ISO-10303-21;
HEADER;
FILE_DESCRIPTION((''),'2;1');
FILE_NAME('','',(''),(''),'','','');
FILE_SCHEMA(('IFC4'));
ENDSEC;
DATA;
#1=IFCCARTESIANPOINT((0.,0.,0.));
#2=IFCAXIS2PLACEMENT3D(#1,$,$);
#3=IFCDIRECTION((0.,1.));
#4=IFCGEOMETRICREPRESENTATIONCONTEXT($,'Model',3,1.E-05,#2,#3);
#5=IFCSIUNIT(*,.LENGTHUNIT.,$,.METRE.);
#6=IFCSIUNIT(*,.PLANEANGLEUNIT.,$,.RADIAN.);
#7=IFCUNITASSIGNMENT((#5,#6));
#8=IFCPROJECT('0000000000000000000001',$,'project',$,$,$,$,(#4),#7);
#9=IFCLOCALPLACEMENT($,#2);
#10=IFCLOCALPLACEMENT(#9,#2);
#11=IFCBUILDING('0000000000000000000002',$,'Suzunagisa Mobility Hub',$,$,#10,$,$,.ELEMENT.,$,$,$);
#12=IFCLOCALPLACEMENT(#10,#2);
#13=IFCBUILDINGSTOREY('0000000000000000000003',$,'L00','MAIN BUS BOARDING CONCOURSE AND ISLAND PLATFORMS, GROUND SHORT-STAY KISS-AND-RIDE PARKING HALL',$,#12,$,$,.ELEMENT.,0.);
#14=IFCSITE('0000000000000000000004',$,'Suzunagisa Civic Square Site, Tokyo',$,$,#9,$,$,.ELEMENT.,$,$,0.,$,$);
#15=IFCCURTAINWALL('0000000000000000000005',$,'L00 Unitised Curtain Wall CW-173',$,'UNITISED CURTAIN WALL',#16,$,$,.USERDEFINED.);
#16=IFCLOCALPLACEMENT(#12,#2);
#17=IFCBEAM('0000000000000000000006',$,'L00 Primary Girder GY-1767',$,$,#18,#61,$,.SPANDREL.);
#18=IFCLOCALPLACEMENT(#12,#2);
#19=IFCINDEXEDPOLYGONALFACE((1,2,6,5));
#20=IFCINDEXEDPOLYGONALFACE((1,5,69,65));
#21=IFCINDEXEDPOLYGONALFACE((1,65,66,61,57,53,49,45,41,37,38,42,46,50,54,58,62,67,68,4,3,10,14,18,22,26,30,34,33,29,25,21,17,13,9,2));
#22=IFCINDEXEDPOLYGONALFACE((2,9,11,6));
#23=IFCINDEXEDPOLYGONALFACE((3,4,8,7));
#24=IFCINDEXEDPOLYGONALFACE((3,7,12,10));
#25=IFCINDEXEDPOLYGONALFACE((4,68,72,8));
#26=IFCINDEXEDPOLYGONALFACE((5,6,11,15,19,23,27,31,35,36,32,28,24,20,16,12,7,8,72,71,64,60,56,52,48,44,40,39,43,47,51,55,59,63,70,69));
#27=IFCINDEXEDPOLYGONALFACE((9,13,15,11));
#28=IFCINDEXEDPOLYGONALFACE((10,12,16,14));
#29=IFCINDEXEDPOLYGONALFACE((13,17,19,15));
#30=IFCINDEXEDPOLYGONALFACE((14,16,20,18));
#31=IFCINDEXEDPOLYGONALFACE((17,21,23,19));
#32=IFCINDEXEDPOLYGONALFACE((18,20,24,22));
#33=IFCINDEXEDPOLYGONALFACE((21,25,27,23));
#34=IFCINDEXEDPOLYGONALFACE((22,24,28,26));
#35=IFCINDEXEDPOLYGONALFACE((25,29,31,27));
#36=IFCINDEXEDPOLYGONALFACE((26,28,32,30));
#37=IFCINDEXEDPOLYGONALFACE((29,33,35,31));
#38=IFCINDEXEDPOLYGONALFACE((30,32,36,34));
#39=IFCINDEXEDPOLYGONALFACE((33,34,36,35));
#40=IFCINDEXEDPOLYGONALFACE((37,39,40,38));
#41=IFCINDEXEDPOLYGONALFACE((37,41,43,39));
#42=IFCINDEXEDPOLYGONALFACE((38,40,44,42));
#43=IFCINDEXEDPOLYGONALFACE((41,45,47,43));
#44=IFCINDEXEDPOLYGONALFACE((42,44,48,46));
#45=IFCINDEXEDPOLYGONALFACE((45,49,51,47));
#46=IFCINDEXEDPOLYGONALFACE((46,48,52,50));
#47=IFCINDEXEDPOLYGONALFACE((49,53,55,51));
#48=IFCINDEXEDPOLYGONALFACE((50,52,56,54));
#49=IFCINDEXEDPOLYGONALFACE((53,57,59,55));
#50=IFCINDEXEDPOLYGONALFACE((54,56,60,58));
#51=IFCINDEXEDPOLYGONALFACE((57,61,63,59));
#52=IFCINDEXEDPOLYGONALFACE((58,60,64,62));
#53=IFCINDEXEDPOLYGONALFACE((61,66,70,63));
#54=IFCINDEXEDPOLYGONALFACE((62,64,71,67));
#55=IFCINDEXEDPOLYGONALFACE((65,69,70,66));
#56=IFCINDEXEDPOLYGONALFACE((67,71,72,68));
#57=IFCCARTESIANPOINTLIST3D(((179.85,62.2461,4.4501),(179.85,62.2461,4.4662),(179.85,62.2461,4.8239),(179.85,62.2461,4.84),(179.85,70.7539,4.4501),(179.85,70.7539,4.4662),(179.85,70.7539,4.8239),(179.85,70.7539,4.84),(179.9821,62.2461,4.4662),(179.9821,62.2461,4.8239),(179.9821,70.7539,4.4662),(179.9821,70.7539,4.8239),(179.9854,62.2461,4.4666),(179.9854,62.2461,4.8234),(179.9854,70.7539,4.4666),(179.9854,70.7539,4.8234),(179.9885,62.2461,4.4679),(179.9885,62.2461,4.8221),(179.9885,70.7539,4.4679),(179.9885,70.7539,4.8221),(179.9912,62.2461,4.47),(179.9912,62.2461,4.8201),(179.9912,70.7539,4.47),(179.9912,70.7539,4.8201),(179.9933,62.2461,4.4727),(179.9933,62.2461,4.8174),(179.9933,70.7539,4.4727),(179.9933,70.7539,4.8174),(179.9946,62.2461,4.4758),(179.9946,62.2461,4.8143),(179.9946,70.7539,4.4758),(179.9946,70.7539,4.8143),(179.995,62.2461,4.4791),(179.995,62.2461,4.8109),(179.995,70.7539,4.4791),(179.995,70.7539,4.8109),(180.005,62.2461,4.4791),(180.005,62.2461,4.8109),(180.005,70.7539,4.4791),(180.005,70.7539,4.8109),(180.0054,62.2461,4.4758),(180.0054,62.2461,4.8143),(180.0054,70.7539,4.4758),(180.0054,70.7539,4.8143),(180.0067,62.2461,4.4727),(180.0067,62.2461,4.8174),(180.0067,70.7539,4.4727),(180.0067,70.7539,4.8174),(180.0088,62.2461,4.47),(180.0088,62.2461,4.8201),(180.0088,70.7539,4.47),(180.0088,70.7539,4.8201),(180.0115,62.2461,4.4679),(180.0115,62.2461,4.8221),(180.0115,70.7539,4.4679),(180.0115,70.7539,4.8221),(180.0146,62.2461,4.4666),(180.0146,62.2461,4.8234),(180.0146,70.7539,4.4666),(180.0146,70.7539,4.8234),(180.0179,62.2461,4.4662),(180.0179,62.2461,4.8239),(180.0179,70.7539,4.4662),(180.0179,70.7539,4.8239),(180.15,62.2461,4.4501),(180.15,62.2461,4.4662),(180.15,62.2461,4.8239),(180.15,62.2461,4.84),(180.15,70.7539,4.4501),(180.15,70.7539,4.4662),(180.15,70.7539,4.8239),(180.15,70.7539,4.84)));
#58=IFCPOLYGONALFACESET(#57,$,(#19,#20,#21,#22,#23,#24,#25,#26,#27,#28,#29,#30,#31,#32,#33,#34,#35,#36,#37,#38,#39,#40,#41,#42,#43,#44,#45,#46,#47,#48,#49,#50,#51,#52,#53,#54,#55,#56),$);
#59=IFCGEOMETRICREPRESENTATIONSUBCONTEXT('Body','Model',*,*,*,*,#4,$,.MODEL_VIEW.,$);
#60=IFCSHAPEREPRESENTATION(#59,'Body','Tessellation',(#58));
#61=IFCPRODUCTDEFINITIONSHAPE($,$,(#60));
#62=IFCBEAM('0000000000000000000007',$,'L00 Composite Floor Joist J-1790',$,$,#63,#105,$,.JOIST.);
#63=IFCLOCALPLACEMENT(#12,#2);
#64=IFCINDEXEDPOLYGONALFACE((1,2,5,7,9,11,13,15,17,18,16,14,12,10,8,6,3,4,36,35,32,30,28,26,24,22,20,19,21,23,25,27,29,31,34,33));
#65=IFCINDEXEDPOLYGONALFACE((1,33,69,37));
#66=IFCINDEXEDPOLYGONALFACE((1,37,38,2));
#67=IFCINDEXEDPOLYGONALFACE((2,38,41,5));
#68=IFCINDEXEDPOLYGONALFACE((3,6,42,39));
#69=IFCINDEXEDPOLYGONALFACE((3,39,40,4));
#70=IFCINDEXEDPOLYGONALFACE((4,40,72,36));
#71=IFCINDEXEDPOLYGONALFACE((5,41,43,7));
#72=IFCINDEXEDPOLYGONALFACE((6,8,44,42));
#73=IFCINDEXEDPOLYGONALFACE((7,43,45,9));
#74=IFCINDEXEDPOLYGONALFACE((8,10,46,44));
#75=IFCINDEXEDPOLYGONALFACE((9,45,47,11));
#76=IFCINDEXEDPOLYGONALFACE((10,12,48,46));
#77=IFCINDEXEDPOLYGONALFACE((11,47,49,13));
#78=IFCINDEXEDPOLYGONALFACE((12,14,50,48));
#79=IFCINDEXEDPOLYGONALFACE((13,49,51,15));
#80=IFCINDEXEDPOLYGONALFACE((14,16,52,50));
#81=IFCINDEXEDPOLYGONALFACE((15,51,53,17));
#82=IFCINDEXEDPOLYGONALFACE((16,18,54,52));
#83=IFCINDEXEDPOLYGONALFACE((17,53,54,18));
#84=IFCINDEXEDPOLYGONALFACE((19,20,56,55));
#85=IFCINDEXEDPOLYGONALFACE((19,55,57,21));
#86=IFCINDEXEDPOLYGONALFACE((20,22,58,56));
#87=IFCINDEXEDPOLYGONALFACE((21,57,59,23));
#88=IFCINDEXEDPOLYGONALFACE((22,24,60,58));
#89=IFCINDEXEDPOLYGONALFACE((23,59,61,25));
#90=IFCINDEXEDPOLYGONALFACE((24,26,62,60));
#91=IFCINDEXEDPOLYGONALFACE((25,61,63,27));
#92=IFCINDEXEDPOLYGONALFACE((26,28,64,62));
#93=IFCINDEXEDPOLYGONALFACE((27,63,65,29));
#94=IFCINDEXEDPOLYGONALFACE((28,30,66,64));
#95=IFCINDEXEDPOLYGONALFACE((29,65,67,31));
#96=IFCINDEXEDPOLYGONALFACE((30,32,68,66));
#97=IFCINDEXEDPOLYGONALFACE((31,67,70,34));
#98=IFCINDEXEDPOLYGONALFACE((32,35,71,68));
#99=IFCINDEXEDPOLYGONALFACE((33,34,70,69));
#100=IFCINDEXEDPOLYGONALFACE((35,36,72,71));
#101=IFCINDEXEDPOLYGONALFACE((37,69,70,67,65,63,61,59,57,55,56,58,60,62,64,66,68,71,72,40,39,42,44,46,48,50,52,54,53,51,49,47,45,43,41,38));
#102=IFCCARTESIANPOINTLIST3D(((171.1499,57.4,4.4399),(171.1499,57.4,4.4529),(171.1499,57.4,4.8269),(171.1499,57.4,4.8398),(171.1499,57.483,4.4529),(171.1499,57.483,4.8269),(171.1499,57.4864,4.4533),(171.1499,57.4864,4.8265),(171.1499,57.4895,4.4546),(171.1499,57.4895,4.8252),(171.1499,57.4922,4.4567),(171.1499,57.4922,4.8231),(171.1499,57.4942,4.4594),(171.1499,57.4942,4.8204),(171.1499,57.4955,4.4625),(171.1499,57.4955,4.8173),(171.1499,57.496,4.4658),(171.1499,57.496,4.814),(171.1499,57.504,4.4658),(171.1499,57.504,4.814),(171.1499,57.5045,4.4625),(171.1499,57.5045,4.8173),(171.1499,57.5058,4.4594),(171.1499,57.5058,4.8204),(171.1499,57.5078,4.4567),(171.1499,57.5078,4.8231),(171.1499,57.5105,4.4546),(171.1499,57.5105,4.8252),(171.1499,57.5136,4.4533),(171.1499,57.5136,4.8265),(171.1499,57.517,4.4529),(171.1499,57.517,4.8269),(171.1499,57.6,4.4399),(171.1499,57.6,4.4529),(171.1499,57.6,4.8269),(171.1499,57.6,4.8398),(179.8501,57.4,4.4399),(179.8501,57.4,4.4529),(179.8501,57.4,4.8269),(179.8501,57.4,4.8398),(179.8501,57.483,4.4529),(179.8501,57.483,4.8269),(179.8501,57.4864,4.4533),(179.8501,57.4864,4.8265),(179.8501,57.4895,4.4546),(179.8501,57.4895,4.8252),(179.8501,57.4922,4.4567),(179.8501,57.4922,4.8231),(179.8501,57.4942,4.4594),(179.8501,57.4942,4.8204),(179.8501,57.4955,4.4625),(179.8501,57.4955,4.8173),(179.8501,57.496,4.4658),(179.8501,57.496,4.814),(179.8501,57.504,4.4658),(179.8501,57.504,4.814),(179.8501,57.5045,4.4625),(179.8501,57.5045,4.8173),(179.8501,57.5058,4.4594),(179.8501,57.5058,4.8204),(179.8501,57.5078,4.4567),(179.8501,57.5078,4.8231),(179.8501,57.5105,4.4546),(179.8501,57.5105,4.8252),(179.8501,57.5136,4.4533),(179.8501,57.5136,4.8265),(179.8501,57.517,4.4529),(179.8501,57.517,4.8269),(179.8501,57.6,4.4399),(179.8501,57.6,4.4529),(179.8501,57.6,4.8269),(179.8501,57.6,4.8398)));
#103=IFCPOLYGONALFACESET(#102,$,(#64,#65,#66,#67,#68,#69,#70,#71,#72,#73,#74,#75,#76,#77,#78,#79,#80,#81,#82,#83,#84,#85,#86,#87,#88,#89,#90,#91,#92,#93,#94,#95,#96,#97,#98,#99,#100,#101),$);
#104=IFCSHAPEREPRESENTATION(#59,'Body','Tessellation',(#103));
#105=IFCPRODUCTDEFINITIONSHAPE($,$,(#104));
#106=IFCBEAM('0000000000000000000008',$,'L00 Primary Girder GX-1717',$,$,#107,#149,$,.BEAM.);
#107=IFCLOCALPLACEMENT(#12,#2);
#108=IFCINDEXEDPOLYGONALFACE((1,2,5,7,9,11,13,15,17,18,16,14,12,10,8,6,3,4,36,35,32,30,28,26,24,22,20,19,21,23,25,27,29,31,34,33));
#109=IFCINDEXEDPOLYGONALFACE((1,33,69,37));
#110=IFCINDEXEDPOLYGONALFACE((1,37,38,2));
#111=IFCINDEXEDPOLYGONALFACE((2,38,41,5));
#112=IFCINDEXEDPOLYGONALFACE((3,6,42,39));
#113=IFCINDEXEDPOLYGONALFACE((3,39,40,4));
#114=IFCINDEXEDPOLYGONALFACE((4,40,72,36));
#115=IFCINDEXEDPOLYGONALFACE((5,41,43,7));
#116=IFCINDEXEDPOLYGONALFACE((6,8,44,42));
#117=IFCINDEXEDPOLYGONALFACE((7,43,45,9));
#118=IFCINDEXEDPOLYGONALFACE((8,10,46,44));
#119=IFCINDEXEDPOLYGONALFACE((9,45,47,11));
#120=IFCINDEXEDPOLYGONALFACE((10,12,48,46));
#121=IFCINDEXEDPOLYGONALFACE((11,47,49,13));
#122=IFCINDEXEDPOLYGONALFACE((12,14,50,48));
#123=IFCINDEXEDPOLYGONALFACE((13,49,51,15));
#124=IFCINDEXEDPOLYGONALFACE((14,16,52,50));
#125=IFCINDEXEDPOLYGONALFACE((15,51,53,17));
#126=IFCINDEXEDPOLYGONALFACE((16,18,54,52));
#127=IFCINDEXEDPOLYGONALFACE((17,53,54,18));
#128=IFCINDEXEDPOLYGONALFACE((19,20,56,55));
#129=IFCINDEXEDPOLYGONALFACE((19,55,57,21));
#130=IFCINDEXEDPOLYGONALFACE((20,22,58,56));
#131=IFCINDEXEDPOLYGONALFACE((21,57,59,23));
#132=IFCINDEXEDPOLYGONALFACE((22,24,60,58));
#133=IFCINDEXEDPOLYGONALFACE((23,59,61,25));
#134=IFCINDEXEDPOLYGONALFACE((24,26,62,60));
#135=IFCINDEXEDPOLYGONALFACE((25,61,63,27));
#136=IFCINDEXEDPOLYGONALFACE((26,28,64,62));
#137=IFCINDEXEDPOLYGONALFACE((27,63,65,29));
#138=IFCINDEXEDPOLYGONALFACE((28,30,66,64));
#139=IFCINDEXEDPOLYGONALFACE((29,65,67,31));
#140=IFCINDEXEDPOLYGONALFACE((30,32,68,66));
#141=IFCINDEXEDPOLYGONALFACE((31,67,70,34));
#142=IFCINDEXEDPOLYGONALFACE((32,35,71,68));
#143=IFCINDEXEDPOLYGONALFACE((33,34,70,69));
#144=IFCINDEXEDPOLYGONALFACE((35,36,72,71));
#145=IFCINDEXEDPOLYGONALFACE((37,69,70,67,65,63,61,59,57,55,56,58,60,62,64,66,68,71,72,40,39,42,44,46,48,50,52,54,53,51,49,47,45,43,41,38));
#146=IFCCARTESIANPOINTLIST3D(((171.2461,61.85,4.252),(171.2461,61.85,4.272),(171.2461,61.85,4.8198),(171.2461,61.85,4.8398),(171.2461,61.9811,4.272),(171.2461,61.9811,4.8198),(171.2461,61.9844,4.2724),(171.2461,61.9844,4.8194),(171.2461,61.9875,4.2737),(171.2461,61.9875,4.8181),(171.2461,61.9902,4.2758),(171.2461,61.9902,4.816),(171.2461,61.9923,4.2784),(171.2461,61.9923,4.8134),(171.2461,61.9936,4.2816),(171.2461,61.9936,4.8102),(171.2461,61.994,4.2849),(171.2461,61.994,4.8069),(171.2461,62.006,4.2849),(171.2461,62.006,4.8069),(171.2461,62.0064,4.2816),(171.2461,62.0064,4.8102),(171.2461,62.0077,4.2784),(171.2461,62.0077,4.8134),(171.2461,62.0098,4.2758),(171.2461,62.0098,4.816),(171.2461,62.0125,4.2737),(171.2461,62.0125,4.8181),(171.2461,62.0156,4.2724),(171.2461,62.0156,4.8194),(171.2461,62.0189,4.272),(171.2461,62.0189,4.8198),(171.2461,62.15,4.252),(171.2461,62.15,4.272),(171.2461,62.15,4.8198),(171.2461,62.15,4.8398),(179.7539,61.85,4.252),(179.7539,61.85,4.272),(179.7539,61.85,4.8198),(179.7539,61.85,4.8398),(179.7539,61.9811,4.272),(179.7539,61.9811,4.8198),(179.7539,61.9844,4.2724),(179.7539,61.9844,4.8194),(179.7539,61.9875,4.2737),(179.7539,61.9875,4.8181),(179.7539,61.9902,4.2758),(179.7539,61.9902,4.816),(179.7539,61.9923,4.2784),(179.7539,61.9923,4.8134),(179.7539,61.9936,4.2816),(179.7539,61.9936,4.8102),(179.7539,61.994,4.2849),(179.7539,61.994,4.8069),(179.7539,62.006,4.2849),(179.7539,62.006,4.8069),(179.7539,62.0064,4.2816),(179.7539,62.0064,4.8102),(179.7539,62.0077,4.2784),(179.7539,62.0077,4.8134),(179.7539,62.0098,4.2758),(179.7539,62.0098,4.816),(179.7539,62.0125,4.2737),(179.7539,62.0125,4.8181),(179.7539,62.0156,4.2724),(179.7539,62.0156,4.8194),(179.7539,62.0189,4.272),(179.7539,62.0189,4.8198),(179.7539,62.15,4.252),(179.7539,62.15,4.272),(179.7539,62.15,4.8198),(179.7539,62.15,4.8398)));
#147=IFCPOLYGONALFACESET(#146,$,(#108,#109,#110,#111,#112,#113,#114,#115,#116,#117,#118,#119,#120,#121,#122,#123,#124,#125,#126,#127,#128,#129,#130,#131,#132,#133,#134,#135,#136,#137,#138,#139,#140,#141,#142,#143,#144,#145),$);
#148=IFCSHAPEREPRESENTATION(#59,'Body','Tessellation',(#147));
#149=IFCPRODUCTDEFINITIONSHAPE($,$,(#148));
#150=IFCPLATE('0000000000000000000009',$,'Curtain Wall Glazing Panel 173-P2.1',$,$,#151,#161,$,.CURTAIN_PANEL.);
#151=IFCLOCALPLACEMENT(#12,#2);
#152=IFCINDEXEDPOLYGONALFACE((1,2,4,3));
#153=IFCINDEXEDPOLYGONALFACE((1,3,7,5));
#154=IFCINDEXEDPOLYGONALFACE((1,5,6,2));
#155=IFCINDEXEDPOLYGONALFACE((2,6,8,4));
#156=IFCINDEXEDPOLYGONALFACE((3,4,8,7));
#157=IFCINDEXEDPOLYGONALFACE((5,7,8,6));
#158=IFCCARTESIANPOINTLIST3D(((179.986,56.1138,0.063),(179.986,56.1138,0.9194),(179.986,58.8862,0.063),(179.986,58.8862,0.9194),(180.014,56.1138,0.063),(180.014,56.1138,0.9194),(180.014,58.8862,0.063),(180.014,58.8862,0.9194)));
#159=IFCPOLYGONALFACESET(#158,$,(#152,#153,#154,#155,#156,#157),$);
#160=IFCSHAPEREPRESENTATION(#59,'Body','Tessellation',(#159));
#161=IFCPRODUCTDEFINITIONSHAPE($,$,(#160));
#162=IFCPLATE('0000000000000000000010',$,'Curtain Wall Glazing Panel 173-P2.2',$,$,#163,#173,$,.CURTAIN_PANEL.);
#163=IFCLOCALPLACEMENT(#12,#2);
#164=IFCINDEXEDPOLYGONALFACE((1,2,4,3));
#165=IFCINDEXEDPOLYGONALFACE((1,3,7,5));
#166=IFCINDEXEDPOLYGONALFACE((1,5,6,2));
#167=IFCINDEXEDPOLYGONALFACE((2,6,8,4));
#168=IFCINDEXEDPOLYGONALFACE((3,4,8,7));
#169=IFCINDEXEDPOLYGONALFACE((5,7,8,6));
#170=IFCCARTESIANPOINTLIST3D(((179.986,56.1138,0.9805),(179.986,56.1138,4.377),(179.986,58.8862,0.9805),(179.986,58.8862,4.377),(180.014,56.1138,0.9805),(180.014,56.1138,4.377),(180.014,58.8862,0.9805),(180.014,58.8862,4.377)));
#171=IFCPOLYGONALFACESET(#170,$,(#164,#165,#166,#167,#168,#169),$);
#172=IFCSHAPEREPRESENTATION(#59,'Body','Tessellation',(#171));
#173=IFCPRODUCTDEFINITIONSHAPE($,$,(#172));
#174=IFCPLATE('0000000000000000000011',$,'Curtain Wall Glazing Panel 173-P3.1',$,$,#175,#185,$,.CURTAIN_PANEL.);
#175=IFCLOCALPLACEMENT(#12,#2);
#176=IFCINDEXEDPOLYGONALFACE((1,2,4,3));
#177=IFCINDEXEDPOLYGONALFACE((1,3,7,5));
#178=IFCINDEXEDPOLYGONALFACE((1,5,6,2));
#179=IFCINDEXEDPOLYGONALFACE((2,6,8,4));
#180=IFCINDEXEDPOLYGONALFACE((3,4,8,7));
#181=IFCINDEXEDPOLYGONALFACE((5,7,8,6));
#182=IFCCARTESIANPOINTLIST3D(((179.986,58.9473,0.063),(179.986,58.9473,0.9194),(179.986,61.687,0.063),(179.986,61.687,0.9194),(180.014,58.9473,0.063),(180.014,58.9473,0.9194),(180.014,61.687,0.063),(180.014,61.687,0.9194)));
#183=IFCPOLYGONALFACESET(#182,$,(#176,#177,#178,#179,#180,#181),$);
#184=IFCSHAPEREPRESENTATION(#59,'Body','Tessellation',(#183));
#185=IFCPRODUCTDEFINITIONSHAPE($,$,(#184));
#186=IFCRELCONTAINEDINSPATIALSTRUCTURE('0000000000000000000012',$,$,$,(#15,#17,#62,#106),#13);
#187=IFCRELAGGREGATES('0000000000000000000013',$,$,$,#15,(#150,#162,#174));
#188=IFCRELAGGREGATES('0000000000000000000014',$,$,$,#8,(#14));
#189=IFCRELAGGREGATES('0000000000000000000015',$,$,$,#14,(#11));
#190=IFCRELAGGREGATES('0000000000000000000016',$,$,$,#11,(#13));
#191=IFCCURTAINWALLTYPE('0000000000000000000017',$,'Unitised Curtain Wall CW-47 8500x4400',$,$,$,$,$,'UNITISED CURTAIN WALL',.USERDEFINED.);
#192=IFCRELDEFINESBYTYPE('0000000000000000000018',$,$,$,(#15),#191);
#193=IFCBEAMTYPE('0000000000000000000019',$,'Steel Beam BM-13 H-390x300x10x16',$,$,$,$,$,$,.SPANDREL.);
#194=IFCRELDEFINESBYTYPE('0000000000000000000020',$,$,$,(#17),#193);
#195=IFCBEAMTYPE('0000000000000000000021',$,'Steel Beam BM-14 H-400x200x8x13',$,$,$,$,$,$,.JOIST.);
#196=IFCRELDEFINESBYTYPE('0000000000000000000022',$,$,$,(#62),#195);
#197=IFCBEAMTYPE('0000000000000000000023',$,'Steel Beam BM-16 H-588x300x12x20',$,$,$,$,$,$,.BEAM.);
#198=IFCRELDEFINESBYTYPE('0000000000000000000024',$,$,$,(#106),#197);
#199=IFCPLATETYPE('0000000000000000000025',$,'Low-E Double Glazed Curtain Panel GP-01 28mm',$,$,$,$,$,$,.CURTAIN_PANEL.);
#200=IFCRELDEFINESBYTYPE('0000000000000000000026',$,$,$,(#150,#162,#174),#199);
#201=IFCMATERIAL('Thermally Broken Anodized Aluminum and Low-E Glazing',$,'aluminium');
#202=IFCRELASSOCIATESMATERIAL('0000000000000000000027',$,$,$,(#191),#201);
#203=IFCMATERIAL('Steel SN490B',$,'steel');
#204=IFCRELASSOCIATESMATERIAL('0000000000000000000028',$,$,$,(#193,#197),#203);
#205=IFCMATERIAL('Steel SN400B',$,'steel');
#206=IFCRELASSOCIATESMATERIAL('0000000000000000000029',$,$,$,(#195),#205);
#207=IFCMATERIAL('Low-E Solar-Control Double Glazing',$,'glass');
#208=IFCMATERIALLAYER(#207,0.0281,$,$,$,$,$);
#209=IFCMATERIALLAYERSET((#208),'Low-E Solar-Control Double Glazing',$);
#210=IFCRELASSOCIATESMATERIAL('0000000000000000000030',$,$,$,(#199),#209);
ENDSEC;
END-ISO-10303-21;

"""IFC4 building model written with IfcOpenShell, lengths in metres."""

from ifc_helpers import new_model, si_unit, direction, frame, origin, origin_2d, place, context, subcontext, project, spatial, rectangle, i_section, extrude, material, layer, layer_set, material_profile, profile_set, type_object, element, aggregate, save


model = new_model("IFC4")

# Units and contexts
model_context = context("Model", 3, precision=1e-05, world=origin(), true_north=direction((0.0, 1.0)))
body_context = subcontext(model_context, "Body", "Model", "MODEL_VIEW")
ifc_project = project(units=[si_unit("LENGTHUNIT", "METRE"), si_unit("PLANEANGLEUNIT", "RADIAN")], contexts=[model_context])

# Site, building, storey
site_placement = place(None, origin())
site = spatial("IfcSite", under=ifc_project, at=site_placement, Name="Suzunagisa Civic Square Site, Tokyo", CompositionType="ELEMENT", RefElevation=0.0)
building_placement = place(site_placement, origin())
building = spatial("IfcBuilding", under=site, at=building_placement, Name="Suzunagisa Mobility Hub", CompositionType="ELEMENT")
storey_placement = place(building_placement, origin())
storey = spatial("IfcBuildingStorey", under=building, at=storey_placement, Name="L00", Description="MAIN BUS BOARDING CONCOURSE AND ISLAND PLATFORMS, GROUND SHORT-STAY KISS-AND-RIDE PARKING HALL", CompositionType="ELEMENT", Elevation=0.0)

# Shared definitions
ifc_material_1 = material(Name="Steel SN490B", Category="steel")

# Curtain wall
ifc_material_2 = material(Name="Thermally Broken Anodized Aluminum and Low-E Glazing", Category="aluminium")
curtain_wall_type = type_object("IfcCurtainWallType", Name="Unitised Curtain Wall CW-47 8500x4400", ElementType="UNITISED CURTAIN WALL", PredefinedType="USERDEFINED", material=ifc_material_2)
curtain_wall_placement = place(storey_placement, origin())
curtain_wall = element("IfcCurtainWall", 1, at=curtain_wall_placement, inside=storey, type_object=curtain_wall_type, Name="L00 Unitised Curtain Wall CW-173", ObjectType="UNITISED CURTAIN WALL", PredefinedType="USERDEFINED")

# Beams
ifc_material_profile_1 = material_profile(ifc_material_1, i_section(OverallWidth=0.3, OverallDepth=0.3899, WebThickness=0.01, FlangeThickness=0.0161, FilletRadius=0.0129, at=origin_2d()), Name="H-390x300x10x16")
ifc_profile_set_1 = profile_set([ifc_material_profile_1], Name="Steel SN490B")
beam_type_1 = type_object("IfcBeamType", Name="Steel Beam BM-13 H-390x300x10x16", PredefinedType="SPANDREL", material=ifc_profile_set_1)
beam_1_placement = place(storey_placement, frame((180.0, 62.2461, 4.645), z_axis=(0.0, 1.0, 0.0), x_axis=(-1.0, 0.0, 0.0)))
element("IfcBeam", 2, at=beam_1_placement, inside=storey, type_object=beam_type_1, Name="L00 Primary Girder GY-1767", PredefinedType="SPANDREL", context=body_context, shape_type="SweptSolid", body=[
    extrude(i_section(OverallWidth=0.3, OverallDepth=0.3899, WebThickness=0.01, FlangeThickness=0.0161, FilletRadius=0.0129, at=origin_2d()), origin(), (0.0, 0.0, 1.0), 8.5078),
])
ifc_material_3 = material(Name="Steel SN400B", Category="steel")
ifc_material_profile_2 = material_profile(ifc_material_3, i_section(OverallWidth=0.2, OverallDepth=0.3999, WebThickness=0.0081, FlangeThickness=0.0129, FilletRadius=0.0129, at=origin_2d()), Name="H-400x200x8x13")
ifc_profile_set_2 = profile_set([ifc_material_profile_2], Name="Steel SN400B")
beam_type_2 = type_object("IfcBeamType", Name="Steel Beam BM-14 H-400x200x8x13", PredefinedType="JOIST", material=ifc_profile_set_2)
beam_2_placement = place(storey_placement, frame((171.1499, 57.5, 4.6399), z_axis=(1.0, 0.0, 0.0), x_axis=(0.0, 1.0, 0.0)))
element("IfcBeam", 3, at=beam_2_placement, inside=storey, type_object=beam_type_2, Name="L00 Composite Floor Joist J-1790", PredefinedType="JOIST", context=body_context, shape_type="SweptSolid", body=[
    extrude(i_section(OverallWidth=0.2, OverallDepth=0.3999, WebThickness=0.0081, FlangeThickness=0.0129, FilletRadius=0.0129, at=origin_2d()), origin(), (0.0, 0.0, 1.0), 8.7002),
])
ifc_material_profile_3 = material_profile(ifc_material_1, i_section(OverallWidth=0.3, OverallDepth=0.5879, WebThickness=0.012, FlangeThickness=0.02, FilletRadius=0.0129, at=origin_2d()), Name="H-588x300x12x20")
ifc_profile_set_3 = profile_set([ifc_material_profile_3], Name="Steel SN490B")
beam_type_3 = type_object("IfcBeamType", Name="Steel Beam BM-16 H-588x300x12x20", PredefinedType="BEAM", material=ifc_profile_set_3)
beam_3_placement = place(storey_placement, frame((171.2461, 62.0, 4.5459), z_axis=(1.0, 0.0, 0.0), x_axis=(0.0, 1.0, 0.0)))
element("IfcBeam", 4, at=beam_3_placement, inside=storey, type_object=beam_type_3, Name="L00 Primary Girder GX-1717", PredefinedType="BEAM", context=body_context, shape_type="SweptSolid", body=[
    extrude(i_section(OverallWidth=0.3, OverallDepth=0.5879, WebThickness=0.012, FlangeThickness=0.02, FilletRadius=0.0129, at=origin_2d()), origin(), (0.0, 0.0, 1.0), 8.5078),
])

# Plates
ifc_material_4 = material(Name="Low-E Solar-Control Double Glazing", Category="glass")
ifc_layer_1 = layer(ifc_material_4, 0.0281)
ifc_layer_set_1 = layer_set([ifc_layer_1], Name="Low-E Solar-Control Double Glazing")
plate_type = type_object("IfcPlateType", Name="Low-E Double Glazed Curtain Panel GP-01 28mm", PredefinedType="CURTAIN_PANEL", material=ifc_layer_set_1)
plate_1_placement = place(storey_placement, frame((180.0, 57.5, 0.063), z_axis=(0.0, 0.0, 1.0), x_axis=(0.0, 1.0, 0.0)))
plate_1 = element("IfcPlate", 5, at=plate_1_placement, type_object=plate_type, Name="Curtain Wall Glazing Panel 173-P2.1", PredefinedType="CURTAIN_PANEL", context=body_context, shape_type="SweptSolid", body=[
    extrude(rectangle(XDim=2.7725, YDim=0.0281, at=origin_2d()), origin(), (0.0, 0.0, 1.0), 0.8564),
])
plate_2_placement = place(storey_placement, frame((180.0, 57.5, 0.9805), z_axis=(0.0, 0.0, 1.0), x_axis=(0.0, 1.0, 0.0)))
plate_2 = element("IfcPlate", 6, at=plate_2_placement, type_object=plate_type, Name="Curtain Wall Glazing Panel 173-P2.2", PredefinedType="CURTAIN_PANEL", context=body_context, shape_type="SweptSolid", body=[
    extrude(rectangle(XDim=2.7725, YDim=0.0281, at=origin_2d()), origin(), (0.0, 0.0, 1.0), 3.3965),
])
plate_3_placement = place(storey_placement, frame((180.0, 60.3171, 0.063), z_axis=(0.0, 0.0, 1.0), x_axis=(0.0, 1.0, 0.0)))
plate_3 = element("IfcPlate", 7, at=plate_3_placement, type_object=plate_type, Name="Curtain Wall Glazing Panel 173-P3.1", PredefinedType="CURTAIN_PANEL", context=body_context, shape_type="SweptSolid", body=[
    extrude(rectangle(XDim=2.7397, YDim=0.0281, at=origin_2d()), origin(), (0.0, 0.0, 1.0), 0.8564),
])
aggregate(curtain_wall, [plate_1, plate_2, plate_3])

save(model, "model.ifc")
